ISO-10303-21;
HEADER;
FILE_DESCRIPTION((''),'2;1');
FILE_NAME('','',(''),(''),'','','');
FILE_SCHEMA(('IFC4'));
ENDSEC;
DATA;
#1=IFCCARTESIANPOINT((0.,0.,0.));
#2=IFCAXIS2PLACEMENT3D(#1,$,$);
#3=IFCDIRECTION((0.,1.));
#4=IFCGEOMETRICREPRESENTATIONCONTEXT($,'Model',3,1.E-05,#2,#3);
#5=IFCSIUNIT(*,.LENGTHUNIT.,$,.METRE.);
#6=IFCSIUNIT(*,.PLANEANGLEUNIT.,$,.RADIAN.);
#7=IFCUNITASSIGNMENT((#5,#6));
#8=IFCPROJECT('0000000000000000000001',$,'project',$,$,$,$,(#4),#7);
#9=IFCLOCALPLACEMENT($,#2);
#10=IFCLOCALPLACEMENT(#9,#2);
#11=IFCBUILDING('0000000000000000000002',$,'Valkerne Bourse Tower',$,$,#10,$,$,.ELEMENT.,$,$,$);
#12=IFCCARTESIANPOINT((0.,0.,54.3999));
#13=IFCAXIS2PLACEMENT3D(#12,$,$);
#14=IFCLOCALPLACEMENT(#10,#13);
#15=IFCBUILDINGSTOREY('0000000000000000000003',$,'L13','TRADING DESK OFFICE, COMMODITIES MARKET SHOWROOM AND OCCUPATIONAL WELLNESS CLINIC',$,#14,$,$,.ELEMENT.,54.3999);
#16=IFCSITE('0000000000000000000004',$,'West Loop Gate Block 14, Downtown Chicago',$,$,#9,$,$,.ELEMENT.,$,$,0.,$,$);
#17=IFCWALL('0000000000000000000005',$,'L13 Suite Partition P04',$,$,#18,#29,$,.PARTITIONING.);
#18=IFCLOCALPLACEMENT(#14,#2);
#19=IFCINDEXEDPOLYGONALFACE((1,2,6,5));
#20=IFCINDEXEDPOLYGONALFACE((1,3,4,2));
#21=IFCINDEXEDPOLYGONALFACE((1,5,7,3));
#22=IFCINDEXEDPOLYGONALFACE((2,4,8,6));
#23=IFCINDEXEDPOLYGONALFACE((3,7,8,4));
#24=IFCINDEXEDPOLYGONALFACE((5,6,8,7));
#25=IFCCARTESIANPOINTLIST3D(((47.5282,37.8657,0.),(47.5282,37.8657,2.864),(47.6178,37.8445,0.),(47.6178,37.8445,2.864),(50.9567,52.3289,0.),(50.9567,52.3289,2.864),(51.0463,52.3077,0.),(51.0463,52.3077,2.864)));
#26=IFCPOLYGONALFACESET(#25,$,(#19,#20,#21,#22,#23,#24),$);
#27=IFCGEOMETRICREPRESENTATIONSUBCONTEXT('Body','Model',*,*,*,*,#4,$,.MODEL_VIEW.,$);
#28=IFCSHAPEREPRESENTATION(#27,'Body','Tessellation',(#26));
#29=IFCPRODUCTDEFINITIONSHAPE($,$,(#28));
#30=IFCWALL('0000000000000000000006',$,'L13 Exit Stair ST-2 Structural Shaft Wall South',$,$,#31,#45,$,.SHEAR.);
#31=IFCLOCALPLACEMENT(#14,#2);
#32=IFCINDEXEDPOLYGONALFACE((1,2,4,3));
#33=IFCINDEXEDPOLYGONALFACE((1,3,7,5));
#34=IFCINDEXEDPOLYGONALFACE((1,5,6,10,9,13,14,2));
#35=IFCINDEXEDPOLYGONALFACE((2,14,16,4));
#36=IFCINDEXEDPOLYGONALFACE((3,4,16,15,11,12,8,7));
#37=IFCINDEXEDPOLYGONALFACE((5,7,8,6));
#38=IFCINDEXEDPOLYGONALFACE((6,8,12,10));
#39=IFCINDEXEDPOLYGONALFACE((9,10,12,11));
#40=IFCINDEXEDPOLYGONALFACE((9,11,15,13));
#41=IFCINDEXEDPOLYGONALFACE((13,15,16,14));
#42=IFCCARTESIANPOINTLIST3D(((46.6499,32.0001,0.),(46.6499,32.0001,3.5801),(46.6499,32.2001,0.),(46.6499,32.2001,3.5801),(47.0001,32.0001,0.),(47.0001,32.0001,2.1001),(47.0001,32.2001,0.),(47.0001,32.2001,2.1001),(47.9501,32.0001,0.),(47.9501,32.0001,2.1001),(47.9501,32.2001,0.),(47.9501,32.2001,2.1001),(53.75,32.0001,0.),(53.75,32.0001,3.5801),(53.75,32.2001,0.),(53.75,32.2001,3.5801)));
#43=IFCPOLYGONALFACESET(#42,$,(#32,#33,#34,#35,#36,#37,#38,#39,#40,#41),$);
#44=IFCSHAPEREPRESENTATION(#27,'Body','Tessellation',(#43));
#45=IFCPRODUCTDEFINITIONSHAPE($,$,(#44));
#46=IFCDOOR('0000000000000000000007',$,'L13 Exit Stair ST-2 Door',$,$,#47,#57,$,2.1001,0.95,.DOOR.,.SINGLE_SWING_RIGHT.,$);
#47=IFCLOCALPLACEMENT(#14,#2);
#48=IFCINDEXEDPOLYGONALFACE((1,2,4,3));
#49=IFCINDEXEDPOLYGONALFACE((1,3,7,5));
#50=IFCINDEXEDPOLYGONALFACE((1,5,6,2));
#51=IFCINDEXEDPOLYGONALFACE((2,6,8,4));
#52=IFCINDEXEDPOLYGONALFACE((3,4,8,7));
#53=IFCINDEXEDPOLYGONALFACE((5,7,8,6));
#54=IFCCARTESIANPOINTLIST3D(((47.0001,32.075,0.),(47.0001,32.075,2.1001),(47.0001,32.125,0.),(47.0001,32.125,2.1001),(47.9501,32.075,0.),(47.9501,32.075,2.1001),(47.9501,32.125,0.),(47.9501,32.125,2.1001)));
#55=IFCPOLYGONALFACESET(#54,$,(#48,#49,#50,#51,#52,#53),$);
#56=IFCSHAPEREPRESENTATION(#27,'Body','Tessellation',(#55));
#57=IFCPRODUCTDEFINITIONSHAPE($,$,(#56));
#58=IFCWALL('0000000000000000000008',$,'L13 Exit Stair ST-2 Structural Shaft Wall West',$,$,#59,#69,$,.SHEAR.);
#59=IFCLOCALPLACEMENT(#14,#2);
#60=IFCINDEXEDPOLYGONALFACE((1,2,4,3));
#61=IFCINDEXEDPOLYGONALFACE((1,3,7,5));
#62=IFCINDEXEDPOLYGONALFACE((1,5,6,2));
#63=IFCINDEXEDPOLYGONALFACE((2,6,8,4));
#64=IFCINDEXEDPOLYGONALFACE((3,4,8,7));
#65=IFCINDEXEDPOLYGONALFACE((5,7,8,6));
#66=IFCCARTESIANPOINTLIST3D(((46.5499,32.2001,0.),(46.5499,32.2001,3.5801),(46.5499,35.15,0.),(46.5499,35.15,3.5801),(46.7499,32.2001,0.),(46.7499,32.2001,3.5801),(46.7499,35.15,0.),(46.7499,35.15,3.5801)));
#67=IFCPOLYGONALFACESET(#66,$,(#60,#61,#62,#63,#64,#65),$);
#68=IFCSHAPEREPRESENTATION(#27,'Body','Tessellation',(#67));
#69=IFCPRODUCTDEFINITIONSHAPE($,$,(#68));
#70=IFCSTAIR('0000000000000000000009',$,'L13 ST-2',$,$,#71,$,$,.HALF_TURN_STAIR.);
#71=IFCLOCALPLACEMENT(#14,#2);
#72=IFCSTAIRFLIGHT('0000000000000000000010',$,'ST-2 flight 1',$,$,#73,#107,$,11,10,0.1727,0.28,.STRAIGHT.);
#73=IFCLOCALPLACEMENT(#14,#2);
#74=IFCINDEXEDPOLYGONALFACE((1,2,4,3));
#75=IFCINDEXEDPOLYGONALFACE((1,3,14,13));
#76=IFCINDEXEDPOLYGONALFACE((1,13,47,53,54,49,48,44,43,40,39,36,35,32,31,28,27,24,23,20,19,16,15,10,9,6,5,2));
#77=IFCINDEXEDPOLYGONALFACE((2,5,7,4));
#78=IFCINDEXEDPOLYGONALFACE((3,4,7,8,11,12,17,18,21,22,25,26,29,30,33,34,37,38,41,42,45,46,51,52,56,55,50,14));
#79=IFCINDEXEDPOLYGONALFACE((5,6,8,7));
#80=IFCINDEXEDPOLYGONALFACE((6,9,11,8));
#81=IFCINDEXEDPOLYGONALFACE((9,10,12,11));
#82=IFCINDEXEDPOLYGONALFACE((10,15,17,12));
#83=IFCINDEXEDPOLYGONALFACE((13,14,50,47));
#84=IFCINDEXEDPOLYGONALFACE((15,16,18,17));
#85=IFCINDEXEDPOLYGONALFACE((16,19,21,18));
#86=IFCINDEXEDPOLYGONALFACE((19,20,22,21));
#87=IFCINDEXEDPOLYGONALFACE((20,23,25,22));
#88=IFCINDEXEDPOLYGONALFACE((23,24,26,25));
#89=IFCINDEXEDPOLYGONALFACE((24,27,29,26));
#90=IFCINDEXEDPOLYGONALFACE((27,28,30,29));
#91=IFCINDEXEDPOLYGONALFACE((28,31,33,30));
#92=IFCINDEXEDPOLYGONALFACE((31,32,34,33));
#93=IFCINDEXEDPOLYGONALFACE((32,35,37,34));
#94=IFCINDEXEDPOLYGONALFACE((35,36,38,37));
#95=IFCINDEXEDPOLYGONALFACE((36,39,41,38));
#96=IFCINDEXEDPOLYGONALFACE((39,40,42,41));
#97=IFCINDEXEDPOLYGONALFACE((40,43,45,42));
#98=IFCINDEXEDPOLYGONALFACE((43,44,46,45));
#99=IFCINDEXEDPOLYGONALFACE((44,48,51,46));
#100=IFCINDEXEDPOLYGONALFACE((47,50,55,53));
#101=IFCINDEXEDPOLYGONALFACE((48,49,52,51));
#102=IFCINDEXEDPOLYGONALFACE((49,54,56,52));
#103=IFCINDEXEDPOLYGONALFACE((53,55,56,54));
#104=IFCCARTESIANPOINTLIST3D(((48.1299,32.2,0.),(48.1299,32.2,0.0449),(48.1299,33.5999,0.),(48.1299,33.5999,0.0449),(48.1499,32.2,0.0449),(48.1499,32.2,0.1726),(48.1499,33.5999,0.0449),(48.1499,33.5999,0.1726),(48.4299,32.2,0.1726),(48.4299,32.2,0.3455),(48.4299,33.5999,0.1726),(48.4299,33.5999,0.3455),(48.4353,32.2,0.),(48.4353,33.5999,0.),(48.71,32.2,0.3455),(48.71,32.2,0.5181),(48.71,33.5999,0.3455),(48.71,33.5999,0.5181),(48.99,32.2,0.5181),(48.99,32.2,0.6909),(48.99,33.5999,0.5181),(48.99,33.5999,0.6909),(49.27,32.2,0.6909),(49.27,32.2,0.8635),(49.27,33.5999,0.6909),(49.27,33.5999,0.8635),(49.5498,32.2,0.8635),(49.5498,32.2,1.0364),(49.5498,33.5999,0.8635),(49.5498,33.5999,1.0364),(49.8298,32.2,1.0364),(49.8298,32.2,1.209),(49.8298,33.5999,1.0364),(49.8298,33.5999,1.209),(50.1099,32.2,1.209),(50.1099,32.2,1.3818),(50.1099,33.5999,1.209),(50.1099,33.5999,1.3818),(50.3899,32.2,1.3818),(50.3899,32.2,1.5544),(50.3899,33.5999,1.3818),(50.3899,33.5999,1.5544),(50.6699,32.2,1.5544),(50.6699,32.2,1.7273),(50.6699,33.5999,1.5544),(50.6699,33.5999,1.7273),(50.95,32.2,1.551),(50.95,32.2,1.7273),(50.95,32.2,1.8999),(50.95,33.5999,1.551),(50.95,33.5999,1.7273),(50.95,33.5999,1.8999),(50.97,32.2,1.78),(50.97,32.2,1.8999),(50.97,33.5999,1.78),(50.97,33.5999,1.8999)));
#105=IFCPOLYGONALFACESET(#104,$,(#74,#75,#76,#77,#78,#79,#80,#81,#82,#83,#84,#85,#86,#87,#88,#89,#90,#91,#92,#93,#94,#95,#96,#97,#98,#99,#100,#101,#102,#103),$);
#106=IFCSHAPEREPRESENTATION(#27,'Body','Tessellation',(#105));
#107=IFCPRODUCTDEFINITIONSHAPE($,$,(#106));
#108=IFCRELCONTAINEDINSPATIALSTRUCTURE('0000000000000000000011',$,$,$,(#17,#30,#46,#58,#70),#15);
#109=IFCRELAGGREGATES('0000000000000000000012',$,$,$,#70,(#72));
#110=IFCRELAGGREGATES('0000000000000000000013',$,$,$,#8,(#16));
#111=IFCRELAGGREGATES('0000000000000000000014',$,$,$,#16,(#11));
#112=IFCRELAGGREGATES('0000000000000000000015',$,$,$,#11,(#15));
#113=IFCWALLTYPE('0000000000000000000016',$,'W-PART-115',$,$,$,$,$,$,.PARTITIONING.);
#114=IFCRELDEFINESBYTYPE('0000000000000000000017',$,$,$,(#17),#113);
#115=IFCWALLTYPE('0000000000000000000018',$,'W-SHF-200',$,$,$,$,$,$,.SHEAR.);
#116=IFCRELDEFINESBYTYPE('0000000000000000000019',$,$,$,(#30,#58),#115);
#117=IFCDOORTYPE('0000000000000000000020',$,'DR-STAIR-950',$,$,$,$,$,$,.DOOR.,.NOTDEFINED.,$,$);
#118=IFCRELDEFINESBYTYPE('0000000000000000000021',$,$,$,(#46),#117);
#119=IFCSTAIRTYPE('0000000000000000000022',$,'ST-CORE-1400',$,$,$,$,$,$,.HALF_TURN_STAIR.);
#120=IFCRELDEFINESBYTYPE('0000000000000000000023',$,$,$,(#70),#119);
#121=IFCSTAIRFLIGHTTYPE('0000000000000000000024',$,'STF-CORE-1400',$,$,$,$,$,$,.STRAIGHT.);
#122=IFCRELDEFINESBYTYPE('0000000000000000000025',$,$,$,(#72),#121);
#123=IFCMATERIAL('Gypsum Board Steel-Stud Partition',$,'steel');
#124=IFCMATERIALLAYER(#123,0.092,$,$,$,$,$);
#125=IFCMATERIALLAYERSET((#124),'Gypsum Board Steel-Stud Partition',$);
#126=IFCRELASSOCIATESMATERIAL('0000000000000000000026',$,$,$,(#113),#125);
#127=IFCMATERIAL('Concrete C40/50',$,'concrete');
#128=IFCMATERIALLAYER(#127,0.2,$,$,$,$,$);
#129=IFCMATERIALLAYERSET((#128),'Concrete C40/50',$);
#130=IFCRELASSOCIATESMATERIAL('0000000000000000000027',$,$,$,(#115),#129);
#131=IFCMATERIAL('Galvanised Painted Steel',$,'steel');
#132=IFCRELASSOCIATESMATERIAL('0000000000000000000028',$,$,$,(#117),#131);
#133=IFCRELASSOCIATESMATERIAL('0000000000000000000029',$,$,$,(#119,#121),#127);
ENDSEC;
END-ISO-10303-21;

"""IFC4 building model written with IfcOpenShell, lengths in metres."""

from ifc_helpers import new_model, si_unit, direction, frame, frame_2d, origin, place, context, subcontext, project, spatial, polyline, rectangle, outline, extrude, material, layer, layer_set, type_object, element, fill, aggregate, save


model = new_model("IFC4")

# Units and contexts
model_context = context("Model", 3, precision=1e-05, world=origin(), true_north=direction((0.0, 1.0)))
body_context = subcontext(model_context, "Body", "Model", "MODEL_VIEW")
ifc_project = project(units=[si_unit("LENGTHUNIT", "METRE"), si_unit("PLANEANGLEUNIT", "RADIAN")], contexts=[model_context])

# Site, building, storey
site_placement = place(None, origin())
site = spatial("IfcSite", under=ifc_project, at=site_placement, Name="West Loop Gate Block 14, Downtown Chicago", CompositionType="ELEMENT", RefElevation=0.0)
building_placement = place(site_placement, origin())
building = spatial("IfcBuilding", under=site, at=building_placement, Name="Valkerne Bourse Tower", CompositionType="ELEMENT")
storey_placement = place(building_placement, frame((0.0, 0.0, 54.3999)))
storey = spatial("IfcBuildingStorey", under=building, at=storey_placement, Name="L13", Description="TRADING DESK OFFICE, COMMODITIES MARKET SHOWROOM AND OCCUPATIONAL WELLNESS CLINIC", CompositionType="ELEMENT", Elevation=54.3999)

# Shared definitions
ifc_material_1 = material(Name="Galvanised Painted Steel", Category="steel")

# Wall
ifc_material_2 = material(Name="Gypsum Board Steel-Stud Partition", Category="steel")
ifc_layer_1 = layer(ifc_material_2, 0.092)
ifc_layer_set_1 = layer_set([ifc_layer_1], Name="Gypsum Board Steel-Stud Partition")
wall_type_1 = type_object("IfcWallType", Name="W-PART-115", PredefinedType="PARTITIONING", material=ifc_layer_set_1)
wall_1_placement = place(storey_placement, frame((47.573, 37.855, 0.0), z_axis=(0.0, 0.0, 1.0), x_axis=(0.230657, 0.973035, 0.0)))
element("IfcWall", 1, at=wall_1_placement, inside=storey, type_object=wall_type_1, Name="L13 Suite Partition P04", PredefinedType="PARTITIONING", context=body_context, shape_type="SweptSolid", body=[
    extrude(rectangle(XDim=14.864, YDim=0.092, at=frame_2d((7.4321, 0.0))), origin(), (0.0, 0.0, 1.0), 2.864),
])

# Wall, opening, door
ifc_material_3 = material(Name="Concrete C40/50", Category="concrete")
ifc_layer_2 = layer(ifc_material_3, 0.2)
ifc_layer_set_2 = layer_set([ifc_layer_2], Name="Concrete C40/50")
wall_type_2 = type_object("IfcWallType", Name="W-SHF-200", PredefinedType="SHEAR", material=ifc_layer_set_2)
wall_2_placement = place(storey_placement, frame((46.6499, 32.1001, 0.0), z_axis=(0.0, 0.0, 1.0), x_axis=(1.0, 0.0, 0.0)))
wall_2 = element("IfcWall", 2, at=wall_2_placement, inside=storey, type_object=wall_type_2, Name="L13 Exit Stair ST-2 Structural Shaft Wall South", PredefinedType="SHEAR", context=body_context, shape_type="SweptSolid", body=[
    extrude(rectangle(XDim=7.1001, YDim=0.2, at=frame_2d((3.55, 0.0))), origin(), (0.0, 0.0, 1.0), 3.5801),
])
opening_1_placement = place(wall_2_placement, frame((0.3501, 0.0, 0.0)))
opening_1 = element("IfcOpeningElement", 3, at=opening_1_placement, cuts=wall_2, PredefinedType="OPENING", context=body_context, shape_type="SweptSolid", body=[
    extrude(rectangle(XDim=0.95, YDim=2.1001, at=frame_2d((0.4751, 1.05))), frame((0.0, 0.1099, 0.0), z_axis=(0.0, -1.0, 0.0), x_axis=(1.0, 0.0, 0.0)), (0.0, 0.0, 1.0), 0.22),
])
door_type_1 = type_object("IfcDoorType", Name="DR-STAIR-950", OperationType="NOTDEFINED", PredefinedType="DOOR", material=ifc_material_1)
door_1_placement = place(opening_1_placement, origin())
door_1 = element("IfcDoor", 4, at=door_1_placement, inside=storey, type_object=door_type_1, Name="L13 Exit Stair ST-2 Door", OperationType="SINGLE_SWING_RIGHT", OverallHeight=2.1001, OverallWidth=0.95, PredefinedType="DOOR", context=body_context, shape_type="SweptSolid", body=[
    extrude(rectangle(XDim=0.95, YDim=2.1001, at=frame_2d((0.4751, 1.05))), frame((0.0, 0.0249, 0.0), z_axis=(0.0, -1.0, 0.0), x_axis=(1.0, 0.0, 0.0)), (0.0, 0.0, 1.0), 0.05),
])
fill(opening_1, door_1)

# Wall
wall_3_placement = place(storey_placement, frame((46.6499, 32.2, 0.0), z_axis=(0.0, 0.0, 1.0), x_axis=(0.0, 1.0, 0.0)))
element("IfcWall", 5, at=wall_3_placement, inside=storey, type_object=wall_type_2, Name="L13 Exit Stair ST-2 Structural Shaft Wall West", PredefinedType="SHEAR", context=body_context, shape_type="SweptSolid", body=[
    extrude(rectangle(XDim=2.95, YDim=0.2, at=frame_2d((1.4751, 0.0))), origin(), (0.0, 0.0, 1.0), 3.5801),
])

# Stair, stair flight
stair_type = type_object("IfcStairType", Name="ST-CORE-1400", PredefinedType="HALF_TURN_STAIR", material=ifc_material_3)
stair_placement = place(storey_placement, origin())
stair = element("IfcStair", 6, at=stair_placement, inside=storey, type_object=stair_type, Name="L13 ST-2", PredefinedType="HALF_TURN_STAIR")
stair_flight_type = type_object("IfcStairFlightType", Name="STF-CORE-1400", PredefinedType="STRAIGHT", material=ifc_material_3)
stair_flight_placement = place(storey_placement, frame((48.1499, 32.8999, 0.0), z_axis=(0.0, 0.0, 1.0), x_axis=(1.0, 0.0, 0.0)))
stair_flight = element("IfcStairFlight", 7, at=stair_flight_placement, type_object=stair_flight_type, Name="ST-2 flight 1", NumberOfRisers=11, NumberOfTreads=10, PredefinedType="STRAIGHT", RiserHeight=0.1727, TreadLength=0.28, context=body_context, shape_type="SweptSolid", body=[
    extrude(outline(polyline([(-0.02, 0.0), (-0.02, 0.0449), (0.0, 0.0449), (0.0, 0.1726), (0.28, 0.1726), (0.28, 0.3455), (0.5601, 0.3455), (0.5601, 0.5181), (0.8401, 0.5181), (0.8401, 0.6909), (1.1201, 0.6909), (1.1201, 0.8635), (1.3999, 0.8635), (1.3999, 1.0364), (1.6799, 1.0364), (1.6799, 1.209), (1.96, 1.209), (1.96, 1.3818), (2.24, 1.3818), (2.24, 1.5544), (2.52, 1.5544), (2.52, 1.7273), (2.8, 1.7273), (2.8, 1.8999), (2.8201, 1.8999), (2.8201, 1.78), (2.8, 1.551), (0.2854, 0.0), (-0.02, 0.0)])), frame((0.0, 0.7, 0.0), z_axis=(0.0, -1.0, 0.0), x_axis=(1.0, 0.0, 0.0)), (0.0, 0.0, 1.0), 1.3999),
])
aggregate(stair, [stair_flight])

save(model, "model.ifc")
